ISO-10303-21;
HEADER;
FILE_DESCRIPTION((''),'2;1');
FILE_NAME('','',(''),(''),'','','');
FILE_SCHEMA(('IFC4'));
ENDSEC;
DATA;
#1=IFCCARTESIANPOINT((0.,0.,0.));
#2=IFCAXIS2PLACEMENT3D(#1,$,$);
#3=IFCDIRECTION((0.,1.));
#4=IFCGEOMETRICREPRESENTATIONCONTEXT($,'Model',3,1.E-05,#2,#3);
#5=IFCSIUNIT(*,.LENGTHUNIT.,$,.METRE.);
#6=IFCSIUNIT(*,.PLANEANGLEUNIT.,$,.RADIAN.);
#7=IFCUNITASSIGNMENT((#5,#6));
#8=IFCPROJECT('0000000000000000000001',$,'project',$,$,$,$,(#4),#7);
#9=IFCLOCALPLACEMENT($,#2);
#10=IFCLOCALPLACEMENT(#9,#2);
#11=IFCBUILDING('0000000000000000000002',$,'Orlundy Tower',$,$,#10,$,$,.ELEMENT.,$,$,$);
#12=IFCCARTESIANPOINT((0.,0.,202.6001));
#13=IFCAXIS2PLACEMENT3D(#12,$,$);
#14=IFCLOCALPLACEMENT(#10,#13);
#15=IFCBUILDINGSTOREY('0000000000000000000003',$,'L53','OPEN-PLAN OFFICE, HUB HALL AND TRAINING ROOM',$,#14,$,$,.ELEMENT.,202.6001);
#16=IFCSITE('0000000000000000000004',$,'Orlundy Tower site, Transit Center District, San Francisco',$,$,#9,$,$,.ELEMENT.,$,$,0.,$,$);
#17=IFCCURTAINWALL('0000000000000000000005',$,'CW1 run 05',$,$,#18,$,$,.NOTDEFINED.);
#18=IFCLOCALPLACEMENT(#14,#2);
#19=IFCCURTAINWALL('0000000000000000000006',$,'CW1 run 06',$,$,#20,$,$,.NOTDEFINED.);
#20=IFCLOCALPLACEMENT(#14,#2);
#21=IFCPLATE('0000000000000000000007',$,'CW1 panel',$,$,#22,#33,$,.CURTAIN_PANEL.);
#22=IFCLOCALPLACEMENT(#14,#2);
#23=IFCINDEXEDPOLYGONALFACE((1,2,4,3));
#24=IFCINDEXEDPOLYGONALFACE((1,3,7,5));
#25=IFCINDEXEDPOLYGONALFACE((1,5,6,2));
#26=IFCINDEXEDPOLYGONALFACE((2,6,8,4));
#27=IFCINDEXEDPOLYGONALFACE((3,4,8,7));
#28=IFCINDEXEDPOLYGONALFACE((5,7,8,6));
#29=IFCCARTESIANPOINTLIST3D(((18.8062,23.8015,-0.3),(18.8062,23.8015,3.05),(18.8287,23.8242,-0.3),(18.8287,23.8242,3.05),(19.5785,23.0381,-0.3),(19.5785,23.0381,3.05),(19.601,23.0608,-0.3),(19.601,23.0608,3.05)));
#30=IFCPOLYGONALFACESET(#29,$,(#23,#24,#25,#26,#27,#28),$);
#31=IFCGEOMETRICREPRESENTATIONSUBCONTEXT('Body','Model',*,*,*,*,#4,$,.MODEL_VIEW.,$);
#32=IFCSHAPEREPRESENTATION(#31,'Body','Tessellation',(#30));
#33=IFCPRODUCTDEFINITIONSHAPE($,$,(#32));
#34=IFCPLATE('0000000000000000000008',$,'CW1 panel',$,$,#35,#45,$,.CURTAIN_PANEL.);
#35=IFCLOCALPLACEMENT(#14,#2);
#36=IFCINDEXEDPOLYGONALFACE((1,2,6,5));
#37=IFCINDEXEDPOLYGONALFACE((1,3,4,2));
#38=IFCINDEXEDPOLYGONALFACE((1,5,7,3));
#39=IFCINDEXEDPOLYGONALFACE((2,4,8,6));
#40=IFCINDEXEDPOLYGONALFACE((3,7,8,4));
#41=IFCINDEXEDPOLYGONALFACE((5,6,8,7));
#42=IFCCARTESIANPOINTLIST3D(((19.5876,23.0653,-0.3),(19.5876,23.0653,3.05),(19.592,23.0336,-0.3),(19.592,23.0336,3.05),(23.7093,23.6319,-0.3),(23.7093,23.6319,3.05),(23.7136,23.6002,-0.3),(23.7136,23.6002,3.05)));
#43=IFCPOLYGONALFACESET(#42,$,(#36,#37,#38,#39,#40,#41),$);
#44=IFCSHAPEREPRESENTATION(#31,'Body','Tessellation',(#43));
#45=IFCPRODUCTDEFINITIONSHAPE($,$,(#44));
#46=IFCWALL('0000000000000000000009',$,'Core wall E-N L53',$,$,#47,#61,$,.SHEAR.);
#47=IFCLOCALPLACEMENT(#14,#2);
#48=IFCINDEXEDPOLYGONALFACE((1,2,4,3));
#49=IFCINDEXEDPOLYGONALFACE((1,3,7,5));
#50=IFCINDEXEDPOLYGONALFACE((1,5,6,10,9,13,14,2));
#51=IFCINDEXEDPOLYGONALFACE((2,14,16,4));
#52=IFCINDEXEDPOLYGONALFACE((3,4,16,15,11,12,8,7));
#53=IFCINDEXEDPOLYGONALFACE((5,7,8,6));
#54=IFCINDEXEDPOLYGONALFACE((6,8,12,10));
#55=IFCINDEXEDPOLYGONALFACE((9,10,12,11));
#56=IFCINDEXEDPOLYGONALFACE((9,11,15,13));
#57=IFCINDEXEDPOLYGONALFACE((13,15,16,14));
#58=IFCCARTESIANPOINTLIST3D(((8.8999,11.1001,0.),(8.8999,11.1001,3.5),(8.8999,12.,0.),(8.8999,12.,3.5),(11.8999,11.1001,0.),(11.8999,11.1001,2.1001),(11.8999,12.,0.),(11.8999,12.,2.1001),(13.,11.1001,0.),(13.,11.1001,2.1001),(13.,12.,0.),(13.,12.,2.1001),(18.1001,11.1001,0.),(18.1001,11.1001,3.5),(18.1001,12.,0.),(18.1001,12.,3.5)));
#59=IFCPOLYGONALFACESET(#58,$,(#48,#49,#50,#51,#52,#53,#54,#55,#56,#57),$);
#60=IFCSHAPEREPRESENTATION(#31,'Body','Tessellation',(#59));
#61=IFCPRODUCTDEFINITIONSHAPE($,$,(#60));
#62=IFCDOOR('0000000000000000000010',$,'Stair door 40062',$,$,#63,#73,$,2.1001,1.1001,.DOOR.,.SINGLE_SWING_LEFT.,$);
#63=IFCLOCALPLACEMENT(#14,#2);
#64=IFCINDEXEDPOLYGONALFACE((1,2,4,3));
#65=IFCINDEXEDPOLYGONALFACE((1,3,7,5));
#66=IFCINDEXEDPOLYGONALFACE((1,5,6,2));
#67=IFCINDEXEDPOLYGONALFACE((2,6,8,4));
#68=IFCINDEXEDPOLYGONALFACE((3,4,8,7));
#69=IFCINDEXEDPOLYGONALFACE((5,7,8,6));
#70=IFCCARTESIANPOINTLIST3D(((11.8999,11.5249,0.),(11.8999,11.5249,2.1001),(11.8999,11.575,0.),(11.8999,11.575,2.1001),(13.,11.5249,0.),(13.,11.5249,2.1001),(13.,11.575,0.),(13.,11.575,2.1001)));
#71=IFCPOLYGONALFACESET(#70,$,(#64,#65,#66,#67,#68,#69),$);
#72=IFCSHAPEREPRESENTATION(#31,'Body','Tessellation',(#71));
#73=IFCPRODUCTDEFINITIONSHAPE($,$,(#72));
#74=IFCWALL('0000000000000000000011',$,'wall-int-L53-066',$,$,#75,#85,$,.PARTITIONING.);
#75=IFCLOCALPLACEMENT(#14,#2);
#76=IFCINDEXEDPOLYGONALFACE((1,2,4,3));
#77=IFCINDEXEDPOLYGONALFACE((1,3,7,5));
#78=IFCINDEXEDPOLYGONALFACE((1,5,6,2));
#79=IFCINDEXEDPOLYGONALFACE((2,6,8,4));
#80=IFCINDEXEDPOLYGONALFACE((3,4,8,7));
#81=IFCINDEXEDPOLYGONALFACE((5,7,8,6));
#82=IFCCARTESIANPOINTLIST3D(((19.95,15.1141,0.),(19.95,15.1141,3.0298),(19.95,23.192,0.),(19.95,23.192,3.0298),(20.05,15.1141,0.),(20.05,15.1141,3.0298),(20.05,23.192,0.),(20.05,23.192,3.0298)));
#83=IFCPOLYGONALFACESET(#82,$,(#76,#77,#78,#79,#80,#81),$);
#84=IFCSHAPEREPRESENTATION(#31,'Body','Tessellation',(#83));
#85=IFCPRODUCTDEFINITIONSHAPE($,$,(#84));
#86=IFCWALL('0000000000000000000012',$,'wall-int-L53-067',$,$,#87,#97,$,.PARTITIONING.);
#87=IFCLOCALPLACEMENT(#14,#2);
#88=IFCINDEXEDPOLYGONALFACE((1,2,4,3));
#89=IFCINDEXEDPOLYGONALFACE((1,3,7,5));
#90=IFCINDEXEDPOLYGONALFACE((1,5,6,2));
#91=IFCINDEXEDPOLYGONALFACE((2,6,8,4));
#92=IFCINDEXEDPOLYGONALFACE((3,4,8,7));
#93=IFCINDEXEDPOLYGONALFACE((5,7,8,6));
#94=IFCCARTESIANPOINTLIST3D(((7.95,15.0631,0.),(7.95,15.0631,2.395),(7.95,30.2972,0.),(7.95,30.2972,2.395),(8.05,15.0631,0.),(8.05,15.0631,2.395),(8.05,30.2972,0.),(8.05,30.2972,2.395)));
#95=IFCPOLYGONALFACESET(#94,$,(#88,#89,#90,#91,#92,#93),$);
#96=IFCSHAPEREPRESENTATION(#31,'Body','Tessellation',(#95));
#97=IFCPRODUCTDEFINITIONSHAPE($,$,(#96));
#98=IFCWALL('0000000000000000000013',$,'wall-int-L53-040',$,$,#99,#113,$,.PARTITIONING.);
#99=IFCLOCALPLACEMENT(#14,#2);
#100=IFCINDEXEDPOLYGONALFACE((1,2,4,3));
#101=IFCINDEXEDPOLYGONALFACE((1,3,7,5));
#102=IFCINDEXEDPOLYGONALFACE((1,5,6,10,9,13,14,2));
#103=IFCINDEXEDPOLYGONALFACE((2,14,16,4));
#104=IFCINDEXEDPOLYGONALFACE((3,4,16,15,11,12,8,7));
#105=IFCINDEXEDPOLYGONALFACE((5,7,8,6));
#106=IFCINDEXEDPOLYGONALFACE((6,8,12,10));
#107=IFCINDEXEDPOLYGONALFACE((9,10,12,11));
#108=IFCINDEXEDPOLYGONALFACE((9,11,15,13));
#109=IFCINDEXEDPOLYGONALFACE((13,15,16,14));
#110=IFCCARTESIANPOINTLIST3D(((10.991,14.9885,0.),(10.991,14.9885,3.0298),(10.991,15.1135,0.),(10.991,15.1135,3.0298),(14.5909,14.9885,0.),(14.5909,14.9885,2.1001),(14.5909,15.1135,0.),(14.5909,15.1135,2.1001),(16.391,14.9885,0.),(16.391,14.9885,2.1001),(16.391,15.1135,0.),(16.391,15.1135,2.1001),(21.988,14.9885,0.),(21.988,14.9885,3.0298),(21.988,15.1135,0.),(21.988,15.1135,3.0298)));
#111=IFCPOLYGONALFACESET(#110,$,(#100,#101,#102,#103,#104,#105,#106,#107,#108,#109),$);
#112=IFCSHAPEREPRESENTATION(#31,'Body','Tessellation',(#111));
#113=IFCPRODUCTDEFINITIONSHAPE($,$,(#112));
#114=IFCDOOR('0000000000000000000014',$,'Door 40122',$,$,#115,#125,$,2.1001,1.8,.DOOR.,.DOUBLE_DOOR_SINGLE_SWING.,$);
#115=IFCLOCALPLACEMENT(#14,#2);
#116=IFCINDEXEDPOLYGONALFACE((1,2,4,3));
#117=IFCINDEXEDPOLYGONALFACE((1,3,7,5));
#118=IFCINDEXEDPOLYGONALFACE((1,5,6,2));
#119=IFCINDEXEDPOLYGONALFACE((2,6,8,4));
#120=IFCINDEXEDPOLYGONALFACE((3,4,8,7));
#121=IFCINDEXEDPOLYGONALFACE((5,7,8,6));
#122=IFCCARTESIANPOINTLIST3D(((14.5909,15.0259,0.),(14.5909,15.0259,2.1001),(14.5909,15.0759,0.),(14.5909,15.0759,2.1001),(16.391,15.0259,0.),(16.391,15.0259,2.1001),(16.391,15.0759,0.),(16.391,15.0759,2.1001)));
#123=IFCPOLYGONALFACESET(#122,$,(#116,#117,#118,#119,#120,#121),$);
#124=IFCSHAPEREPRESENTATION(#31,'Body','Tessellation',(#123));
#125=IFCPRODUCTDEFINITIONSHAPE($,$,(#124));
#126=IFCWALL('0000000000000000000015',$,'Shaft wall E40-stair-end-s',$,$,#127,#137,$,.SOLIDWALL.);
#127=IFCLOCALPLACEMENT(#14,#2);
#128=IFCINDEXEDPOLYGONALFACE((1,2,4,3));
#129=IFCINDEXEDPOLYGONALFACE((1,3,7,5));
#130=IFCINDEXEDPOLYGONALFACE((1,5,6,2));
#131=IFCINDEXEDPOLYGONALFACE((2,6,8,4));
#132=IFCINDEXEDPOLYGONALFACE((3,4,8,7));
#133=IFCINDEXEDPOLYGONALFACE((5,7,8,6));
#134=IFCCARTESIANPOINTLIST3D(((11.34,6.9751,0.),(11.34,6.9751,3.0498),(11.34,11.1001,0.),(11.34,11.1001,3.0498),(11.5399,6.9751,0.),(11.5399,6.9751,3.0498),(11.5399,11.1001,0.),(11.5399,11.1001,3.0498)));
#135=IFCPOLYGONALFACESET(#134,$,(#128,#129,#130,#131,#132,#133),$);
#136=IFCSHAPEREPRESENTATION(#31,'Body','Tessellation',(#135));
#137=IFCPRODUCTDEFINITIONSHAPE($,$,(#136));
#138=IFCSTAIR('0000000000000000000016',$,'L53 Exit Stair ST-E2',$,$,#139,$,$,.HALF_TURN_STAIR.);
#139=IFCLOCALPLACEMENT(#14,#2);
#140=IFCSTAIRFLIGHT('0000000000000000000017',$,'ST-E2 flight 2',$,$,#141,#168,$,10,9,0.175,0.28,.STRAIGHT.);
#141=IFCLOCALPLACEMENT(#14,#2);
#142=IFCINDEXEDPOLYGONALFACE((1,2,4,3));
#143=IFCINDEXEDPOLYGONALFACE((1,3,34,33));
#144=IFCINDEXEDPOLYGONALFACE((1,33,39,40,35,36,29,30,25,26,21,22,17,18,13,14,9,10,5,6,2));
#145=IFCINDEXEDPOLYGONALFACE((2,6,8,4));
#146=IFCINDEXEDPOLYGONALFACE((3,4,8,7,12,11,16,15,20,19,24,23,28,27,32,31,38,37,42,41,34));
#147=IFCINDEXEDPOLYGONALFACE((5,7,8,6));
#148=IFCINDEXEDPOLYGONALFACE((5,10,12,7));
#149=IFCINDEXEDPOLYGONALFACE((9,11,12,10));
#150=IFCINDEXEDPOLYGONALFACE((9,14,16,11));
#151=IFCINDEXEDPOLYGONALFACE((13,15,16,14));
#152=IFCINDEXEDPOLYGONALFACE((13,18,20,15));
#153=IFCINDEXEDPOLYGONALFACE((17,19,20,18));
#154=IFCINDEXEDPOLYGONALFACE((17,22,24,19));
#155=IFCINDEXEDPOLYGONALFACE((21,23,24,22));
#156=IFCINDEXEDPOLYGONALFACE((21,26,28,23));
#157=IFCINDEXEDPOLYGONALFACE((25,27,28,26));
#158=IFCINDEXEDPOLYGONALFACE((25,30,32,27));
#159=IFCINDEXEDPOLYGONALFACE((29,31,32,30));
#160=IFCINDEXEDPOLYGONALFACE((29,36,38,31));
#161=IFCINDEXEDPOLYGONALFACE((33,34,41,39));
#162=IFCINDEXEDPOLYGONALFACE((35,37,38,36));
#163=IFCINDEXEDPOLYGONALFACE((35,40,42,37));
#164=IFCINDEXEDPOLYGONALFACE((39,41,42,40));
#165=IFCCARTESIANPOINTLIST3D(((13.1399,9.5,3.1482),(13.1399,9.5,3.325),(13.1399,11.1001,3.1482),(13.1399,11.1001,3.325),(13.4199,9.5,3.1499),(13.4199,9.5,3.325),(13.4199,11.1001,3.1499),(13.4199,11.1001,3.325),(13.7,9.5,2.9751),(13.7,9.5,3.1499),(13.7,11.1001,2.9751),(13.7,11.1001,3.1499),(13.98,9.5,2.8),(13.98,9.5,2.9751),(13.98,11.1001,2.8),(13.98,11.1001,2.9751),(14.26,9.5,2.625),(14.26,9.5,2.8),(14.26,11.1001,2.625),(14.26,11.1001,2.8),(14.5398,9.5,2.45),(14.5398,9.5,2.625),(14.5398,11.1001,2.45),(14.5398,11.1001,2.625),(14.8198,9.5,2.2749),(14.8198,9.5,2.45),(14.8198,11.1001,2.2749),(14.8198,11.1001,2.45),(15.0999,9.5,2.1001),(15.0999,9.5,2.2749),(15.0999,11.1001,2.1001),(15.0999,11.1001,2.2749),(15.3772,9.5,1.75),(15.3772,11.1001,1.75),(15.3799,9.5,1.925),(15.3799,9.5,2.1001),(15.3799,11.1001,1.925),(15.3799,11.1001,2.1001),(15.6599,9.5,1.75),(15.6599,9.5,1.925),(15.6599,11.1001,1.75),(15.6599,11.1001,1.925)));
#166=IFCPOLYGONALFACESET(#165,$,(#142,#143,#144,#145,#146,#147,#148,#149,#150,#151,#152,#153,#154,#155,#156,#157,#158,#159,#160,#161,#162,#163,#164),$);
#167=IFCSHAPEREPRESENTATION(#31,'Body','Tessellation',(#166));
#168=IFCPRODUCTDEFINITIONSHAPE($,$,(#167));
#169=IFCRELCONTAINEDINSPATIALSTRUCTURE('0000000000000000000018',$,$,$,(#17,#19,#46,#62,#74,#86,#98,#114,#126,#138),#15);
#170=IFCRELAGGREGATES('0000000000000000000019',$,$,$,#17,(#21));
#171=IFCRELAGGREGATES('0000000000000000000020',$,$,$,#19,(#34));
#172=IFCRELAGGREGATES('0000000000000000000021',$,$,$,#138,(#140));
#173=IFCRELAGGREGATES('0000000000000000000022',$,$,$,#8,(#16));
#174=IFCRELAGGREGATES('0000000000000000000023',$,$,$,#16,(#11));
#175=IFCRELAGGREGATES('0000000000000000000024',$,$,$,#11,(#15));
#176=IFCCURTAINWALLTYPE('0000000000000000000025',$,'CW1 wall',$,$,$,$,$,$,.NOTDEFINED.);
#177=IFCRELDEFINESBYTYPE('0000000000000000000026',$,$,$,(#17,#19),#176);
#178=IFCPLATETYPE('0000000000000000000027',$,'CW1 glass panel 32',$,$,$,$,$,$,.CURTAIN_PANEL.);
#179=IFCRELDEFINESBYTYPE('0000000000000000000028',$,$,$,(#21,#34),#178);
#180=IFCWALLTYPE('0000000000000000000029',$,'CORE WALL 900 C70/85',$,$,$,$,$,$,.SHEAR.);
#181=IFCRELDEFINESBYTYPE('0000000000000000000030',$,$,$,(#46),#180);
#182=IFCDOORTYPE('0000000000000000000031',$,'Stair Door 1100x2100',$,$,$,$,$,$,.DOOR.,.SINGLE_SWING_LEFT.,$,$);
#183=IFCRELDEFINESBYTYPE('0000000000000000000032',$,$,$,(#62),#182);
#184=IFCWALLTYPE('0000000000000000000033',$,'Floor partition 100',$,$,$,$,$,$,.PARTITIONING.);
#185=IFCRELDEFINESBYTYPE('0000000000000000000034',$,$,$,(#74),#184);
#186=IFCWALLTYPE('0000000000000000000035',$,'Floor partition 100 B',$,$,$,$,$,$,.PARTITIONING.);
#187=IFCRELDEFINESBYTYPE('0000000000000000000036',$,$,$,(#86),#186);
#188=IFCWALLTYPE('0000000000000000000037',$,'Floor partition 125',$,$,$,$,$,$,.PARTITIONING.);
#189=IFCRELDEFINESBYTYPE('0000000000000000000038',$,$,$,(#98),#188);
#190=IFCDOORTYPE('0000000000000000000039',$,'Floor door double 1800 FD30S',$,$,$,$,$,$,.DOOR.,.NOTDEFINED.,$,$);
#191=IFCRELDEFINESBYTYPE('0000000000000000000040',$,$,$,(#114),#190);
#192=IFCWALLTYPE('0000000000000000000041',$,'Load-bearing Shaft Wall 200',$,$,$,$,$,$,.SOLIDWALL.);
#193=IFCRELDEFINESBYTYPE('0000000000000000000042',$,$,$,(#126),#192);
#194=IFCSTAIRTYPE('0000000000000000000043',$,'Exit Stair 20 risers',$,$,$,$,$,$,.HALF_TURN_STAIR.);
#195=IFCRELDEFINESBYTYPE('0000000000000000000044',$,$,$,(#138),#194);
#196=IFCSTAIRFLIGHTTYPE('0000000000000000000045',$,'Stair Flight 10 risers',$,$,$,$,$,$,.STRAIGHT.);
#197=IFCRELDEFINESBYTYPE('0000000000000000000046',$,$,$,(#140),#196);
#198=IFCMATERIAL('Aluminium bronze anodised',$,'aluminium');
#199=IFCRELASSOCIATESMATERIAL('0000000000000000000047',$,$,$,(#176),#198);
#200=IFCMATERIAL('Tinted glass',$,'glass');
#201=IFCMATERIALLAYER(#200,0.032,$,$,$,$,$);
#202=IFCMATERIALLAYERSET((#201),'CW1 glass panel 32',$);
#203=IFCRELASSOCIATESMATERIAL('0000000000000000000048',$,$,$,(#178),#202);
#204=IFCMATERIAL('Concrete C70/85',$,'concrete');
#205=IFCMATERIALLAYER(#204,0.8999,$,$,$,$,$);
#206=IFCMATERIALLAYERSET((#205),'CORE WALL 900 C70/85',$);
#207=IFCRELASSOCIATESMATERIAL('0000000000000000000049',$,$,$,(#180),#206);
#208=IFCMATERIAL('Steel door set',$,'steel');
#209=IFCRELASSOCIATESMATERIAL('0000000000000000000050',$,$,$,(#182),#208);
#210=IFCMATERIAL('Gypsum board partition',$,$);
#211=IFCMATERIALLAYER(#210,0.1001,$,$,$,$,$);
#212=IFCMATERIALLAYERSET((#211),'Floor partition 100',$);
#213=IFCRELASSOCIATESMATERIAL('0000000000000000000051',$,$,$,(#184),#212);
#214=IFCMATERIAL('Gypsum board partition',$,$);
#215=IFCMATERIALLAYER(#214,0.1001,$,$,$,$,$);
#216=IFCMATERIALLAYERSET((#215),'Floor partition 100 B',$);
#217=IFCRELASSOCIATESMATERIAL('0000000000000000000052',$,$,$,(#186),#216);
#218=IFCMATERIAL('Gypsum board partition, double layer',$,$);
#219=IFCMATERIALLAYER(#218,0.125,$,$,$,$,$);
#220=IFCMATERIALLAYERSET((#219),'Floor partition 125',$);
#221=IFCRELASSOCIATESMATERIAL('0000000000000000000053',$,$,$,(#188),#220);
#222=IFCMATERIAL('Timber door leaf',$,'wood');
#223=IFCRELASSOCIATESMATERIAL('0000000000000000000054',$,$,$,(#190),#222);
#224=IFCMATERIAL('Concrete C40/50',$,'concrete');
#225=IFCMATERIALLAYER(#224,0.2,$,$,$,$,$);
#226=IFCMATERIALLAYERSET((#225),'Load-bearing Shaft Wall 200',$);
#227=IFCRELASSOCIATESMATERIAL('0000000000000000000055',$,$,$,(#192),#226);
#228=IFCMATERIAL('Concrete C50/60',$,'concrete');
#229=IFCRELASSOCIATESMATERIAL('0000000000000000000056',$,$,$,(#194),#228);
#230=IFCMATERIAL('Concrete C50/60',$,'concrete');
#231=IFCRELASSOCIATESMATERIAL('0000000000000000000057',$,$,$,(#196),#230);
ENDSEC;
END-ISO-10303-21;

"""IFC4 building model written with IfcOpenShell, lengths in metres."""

from ifc_helpers import new_model, si_unit, direction, frame, frame_2d, origin, origin_2d, place, context, subcontext, project, spatial, polyline, rectangle, outline, extrude, material, layer, layer_set, type_object, element, fill, aggregate, save


model = new_model("IFC4")

# Units and contexts
model_context = context("Model", 3, precision=1e-05, world=origin(), true_north=direction((0.0, 1.0)))
body_context = subcontext(model_context, "Body", "Model", "MODEL_VIEW")
ifc_project = project(units=[si_unit("LENGTHUNIT", "METRE"), si_unit("PLANEANGLEUNIT", "RADIAN")], contexts=[model_context])

# Site, building, storey
site_placement = place(None, origin())
site = spatial("IfcSite", under=ifc_project, at=site_placement, Name="Orlundy Tower site, Transit Center District, San Francisco", CompositionType="ELEMENT", RefElevation=0.0)
building_placement = place(site_placement, origin())
building = spatial("IfcBuilding", under=site, at=building_placement, Name="Orlundy Tower", CompositionType="ELEMENT")
storey_placement = place(building_placement, frame((0.0, 0.0, 202.6001)))
storey = spatial("IfcBuildingStorey", under=building, at=storey_placement, Name="L53", Description="OPEN-PLAN OFFICE, HUB HALL AND TRAINING ROOM", CompositionType="ELEMENT", Elevation=202.6001)

# Curtain walls
ifc_material_1 = material(Name="Aluminium bronze anodised", Category="aluminium")
curtain_wall_type = type_object("IfcCurtainWallType", Name="CW1 wall", PredefinedType="NOTDEFINED", material=ifc_material_1)
curtain_wall_1_placement = place(storey_placement, origin())
curtain_wall_1 = element("IfcCurtainWall", 1, at=curtain_wall_1_placement, inside=storey, type_object=curtain_wall_type, Name="CW1 run 05", PredefinedType="NOTDEFINED")
curtain_wall_2_placement = place(storey_placement, origin())
curtain_wall_2 = element("IfcCurtainWall", 2, at=curtain_wall_2_placement, inside=storey, type_object=curtain_wall_type, Name="CW1 run 06", PredefinedType="NOTDEFINED")

# Plates
ifc_material_2 = material(Name="Tinted glass", Category="glass")
ifc_layer_1 = layer(ifc_material_2, 0.032)
ifc_layer_set_1 = layer_set([ifc_layer_1], Name="CW1 glass panel 32")
plate_type = type_object("IfcPlateType", Name="CW1 glass panel 32", PredefinedType="CURTAIN_PANEL", material=ifc_layer_set_1)
plate_1_placement = place(storey_placement, frame((19.2036, 23.4312, -0.3), z_axis=(0.0, 0.0, 1.0), x_axis=(0.711198, -0.702992, 0.0)))
plate_1 = element("IfcPlate", 3, at=plate_1_placement, type_object=plate_type, Name="CW1 panel", PredefinedType="CURTAIN_PANEL", context=body_context, shape_type="SweptSolid", body=[
    extrude(rectangle(XDim=1.0859, YDim=0.032, at=origin_2d()), origin(), (0.0, 0.0, 1.0), 3.3501),
])
aggregate(curtain_wall_1, [plate_1])
plate_2_placement = place(storey_placement, frame((21.6506, 23.3328, -0.3), z_axis=(0.0, 0.0, 1.0), x_axis=(0.990683, 0.136185, 0.0)))
plate_2 = element("IfcPlate", 4, at=plate_2_placement, type_object=plate_type, Name="CW1 panel", PredefinedType="CURTAIN_PANEL", context=body_context, shape_type="SweptSolid", body=[
    extrude(rectangle(XDim=4.1604, YDim=0.032, at=origin_2d()), origin(), (0.0, 0.0, 1.0), 3.3501),
])
aggregate(curtain_wall_2, [plate_2])

# Wall, opening, door
ifc_material_3 = material(Name="Concrete C70/85", Category="concrete")
ifc_layer_2 = layer(ifc_material_3, 0.8999)
ifc_layer_set_2 = layer_set([ifc_layer_2], Name="CORE WALL 900 C70/85")
wall_type_1 = type_object("IfcWallType", Name="CORE WALL 900 C70/85", PredefinedType="SHEAR", material=ifc_layer_set_2)
wall_1_placement = place(storey_placement, frame((8.8999, 11.55, 0.0), z_axis=(0.0, 0.0, 1.0), x_axis=(1.0, 0.0, 0.0)))
wall_1 = element("IfcWall", 5, at=wall_1_placement, inside=storey, type_object=wall_type_1, Name="Core wall E-N L53", PredefinedType="SHEAR", context=body_context, shape_type="SweptSolid", body=[
    extrude(rectangle(XDim=9.2002, YDim=0.8999, at=frame_2d((4.6001, 0.0))), origin(), (0.0, 0.0, 1.0), 3.5),
])
opening_1_placement = place(wall_1_placement, frame((3.0, 0.0, 0.0)))
opening_1 = element("IfcOpeningElement", 6, at=opening_1_placement, cuts=wall_1, PredefinedType="OPENING", context=body_context, shape_type="SweptSolid", body=[
    extrude(rectangle(XDim=1.1001, YDim=2.1001, at=frame_2d((0.55, 1.05))), frame((0.0, 0.46, 0.0), z_axis=(0.0, -1.0, 0.0), x_axis=(1.0, 0.0, 0.0)), (0.0, 0.0, 1.0), 0.9199),
])
ifc_material_4 = material(Name="Steel door set", Category="steel")
door_type_1 = type_object("IfcDoorType", Name="Stair Door 1100x2100", OperationType="SINGLE_SWING_LEFT", PredefinedType="DOOR", material=ifc_material_4)
door_1_placement = place(opening_1_placement, origin())
door_1 = element("IfcDoor", 7, at=door_1_placement, inside=storey, type_object=door_type_1, Name="Stair door 40062", OperationType="SINGLE_SWING_LEFT", OverallHeight=2.1001, OverallWidth=1.1001, PredefinedType="DOOR", context=body_context, shape_type="SweptSolid", body=[
    extrude(rectangle(XDim=1.1001, YDim=2.1001, at=frame_2d((0.55, 1.05))), frame((0.0, 0.0249, 0.0), z_axis=(0.0, -1.0, 0.0), x_axis=(1.0, 0.0, 0.0)), (0.0, 0.0, 1.0), 0.05),
])
fill(opening_1, door_1)

# Walls
ifc_material_5 = material(Name="Gypsum board partition")
ifc_layer_3 = layer(ifc_material_5, 0.1001)
ifc_layer_set_3 = layer_set([ifc_layer_3], Name="Floor partition 100")
wall_type_2 = type_object("IfcWallType", Name="Floor partition 100", PredefinedType="PARTITIONING", material=ifc_layer_set_3)
wall_2_placement = place(storey_placement, frame((20.0, 15.114, 0.0), z_axis=(0.0, 0.0, 1.0), x_axis=(0.0, 1.0, 0.0)))
element("IfcWall", 8, at=wall_2_placement, inside=storey, type_object=wall_type_2, Name="wall-int-L53-066", PredefinedType="PARTITIONING", context=body_context, shape_type="SweptSolid", body=[
    extrude(rectangle(XDim=8.0779, YDim=0.1001, at=frame_2d((4.0391, 0.0))), origin(), (0.0, 0.0, 1.0), 3.0298),
])
ifc_material_6 = material(Name="Gypsum board partition")
ifc_layer_4 = layer(ifc_material_6, 0.1001)
ifc_layer_set_4 = layer_set([ifc_layer_4], Name="Floor partition 100 B")
wall_type_3 = type_object("IfcWallType", Name="Floor partition 100 B", PredefinedType="PARTITIONING", material=ifc_layer_set_4)
wall_3_placement = place(storey_placement, frame((8.0, 15.063, 0.0), z_axis=(0.0, 0.0, 1.0), x_axis=(0.0, 1.0, 0.0)))
element("IfcWall", 9, at=wall_3_placement, inside=storey, type_object=wall_type_3, Name="wall-int-L53-067", PredefinedType="PARTITIONING", context=body_context, shape_type="SweptSolid", body=[
    extrude(rectangle(XDim=15.2341, YDim=0.1001, at=frame_2d((7.6172, 0.0))), origin(), (0.0, 0.0, 1.0), 2.395),
])

# Wall, opening, door
ifc_material_7 = material(Name="Gypsum board partition, double layer")
ifc_layer_5 = layer(ifc_material_7, 0.125)
ifc_layer_set_5 = layer_set([ifc_layer_5], Name="Floor partition 125")
wall_type_4 = type_object("IfcWallType", Name="Floor partition 125", PredefinedType="PARTITIONING", material=ifc_layer_set_5)
wall_4_placement = place(storey_placement, frame((10.991, 15.051, 0.0), z_axis=(0.0, 0.0, 1.0), x_axis=(1.0, 0.0, 0.0)))
wall_4 = element("IfcWall", 10, at=wall_4_placement, inside=storey, type_object=wall_type_4, Name="wall-int-L53-040", PredefinedType="PARTITIONING", context=body_context, shape_type="SweptSolid", body=[
    extrude(rectangle(XDim=10.9971, YDim=0.125, at=frame_2d((5.4985, 0.0))), origin(), (0.0, 0.0, 1.0), 3.0298),
])
opening_2_placement = place(wall_4_placement, frame((3.6001, 0.0, 0.0)))
opening_2 = element("IfcOpeningElement", 11, at=opening_2_placement, cuts=wall_4, PredefinedType="OPENING", context=body_context, shape_type="SweptSolid", body=[
    extrude(rectangle(XDim=1.8, YDim=2.1001, at=frame_2d((0.8999, 1.05))), frame((0.0, 0.0725, 0.0), z_axis=(0.0, -1.0, 0.0), x_axis=(1.0, 0.0, 0.0)), (0.0, 0.0, 1.0), 0.145),
])
ifc_material_8 = material(Name="Timber door leaf", Category="wood")
door_type_2 = type_object("IfcDoorType", Name="Floor door double 1800 FD30S", OperationType="NOTDEFINED", PredefinedType="DOOR", material=ifc_material_8)
door_2_placement = place(opening_2_placement, origin())
door_2 = element("IfcDoor", 12, at=door_2_placement, inside=storey, type_object=door_type_2, Name="Door 40122", OperationType="DOUBLE_DOOR_SINGLE_SWING", OverallHeight=2.1001, OverallWidth=1.8, PredefinedType="DOOR", context=body_context, shape_type="SweptSolid", body=[
    extrude(rectangle(XDim=1.8, YDim=2.1001, at=frame_2d((0.8999, 1.05))), frame((0.0, 0.0249, 0.0), z_axis=(0.0, -1.0, 0.0), x_axis=(1.0, 0.0, 0.0)), (0.0, 0.0, 1.0), 0.05),
])
fill(opening_2, door_2)

# Wall
ifc_material_9 = material(Name="Concrete C40/50", Category="concrete")
ifc_layer_6 = layer(ifc_material_9, 0.2)
ifc_layer_set_6 = layer_set([ifc_layer_6], Name="Load-bearing Shaft Wall 200")
wall_type_5 = type_object("IfcWallType", Name="Load-bearing Shaft Wall 200", PredefinedType="SOLIDWALL", material=ifc_layer_set_6)
wall_5_placement = place(storey_placement, frame((11.4399, 11.1001, 0.0), z_axis=(0.0, 0.0, 1.0), x_axis=(0.0, -1.0, 0.0)))
element("IfcWall", 13, at=wall_5_placement, inside=storey, type_object=wall_type_5, Name="Shaft wall E40-stair-end-s", PredefinedType="SOLIDWALL", context=body_context, shape_type="SweptSolid", body=[
    extrude(rectangle(XDim=4.125, YDim=0.2, at=frame_2d((2.0625, 0.0))), origin(), (0.0, 0.0, 1.0), 3.0498),
])

# Stair, stair flight
ifc_material_10 = material(Name="Concrete C50/60", Category="concrete")
stair_type = type_object("IfcStairType", Name="Exit Stair 20 risers", PredefinedType="HALF_TURN_STAIR", material=ifc_material_10)
stair_placement = place(storey_placement, origin())
stair = element("IfcStair", 14, at=stair_placement, inside=storey, type_object=stair_type, Name="L53 Exit Stair ST-E2", PredefinedType="HALF_TURN_STAIR")
ifc_material_11 = material(Name="Concrete C50/60", Category="concrete")
stair_flight_type = type_object("IfcStairFlightType", Name="Stair Flight 10 risers", PredefinedType="STRAIGHT", material=ifc_material_11)
stair_flight_placement = place(storey_placement, frame((15.6599, 10.3, 1.75), z_axis=(0.0, 0.0, 1.0), x_axis=(-1.0, 0.0, 0.0)))
stair_flight = element("IfcStairFlight", 15, at=stair_flight_placement, type_object=stair_flight_type, Name="ST-E2 flight 2", NumberOfRisers=10, NumberOfTreads=9, PredefinedType="STRAIGHT", RiserHeight=0.175, TreadLength=0.28, context=body_context, shape_type="SweptSolid", body=[
    extrude(outline(polyline([(0.0, 0.0), (0.0, 0.175), (0.28, 0.175), (0.28, 0.3501), (0.5601, 0.3501), (0.5601, 0.5249), (0.8401, 0.5249), (0.8401, 0.7), (1.1201, 0.7), (1.1201, 0.875), (1.3999, 0.875), (1.3999, 1.05), (1.6799, 1.05), (1.6799, 1.2251), (1.96, 1.2251), (1.96, 1.3999), (2.24, 1.3999), (2.24, 1.575), (2.52, 1.575), (2.52, 1.75), (2.52, 1.3982), (0.2827, 0.0), (0.0, 0.0)])), frame((0.0, 0.8, 0.0), z_axis=(0.0, -1.0, 0.0), x_axis=(1.0, 0.0, 0.0)), (0.0, 0.0, 1.0), 1.6001),
])
aggregate(stair, [stair_flight])

save(model, "model.ifc")
